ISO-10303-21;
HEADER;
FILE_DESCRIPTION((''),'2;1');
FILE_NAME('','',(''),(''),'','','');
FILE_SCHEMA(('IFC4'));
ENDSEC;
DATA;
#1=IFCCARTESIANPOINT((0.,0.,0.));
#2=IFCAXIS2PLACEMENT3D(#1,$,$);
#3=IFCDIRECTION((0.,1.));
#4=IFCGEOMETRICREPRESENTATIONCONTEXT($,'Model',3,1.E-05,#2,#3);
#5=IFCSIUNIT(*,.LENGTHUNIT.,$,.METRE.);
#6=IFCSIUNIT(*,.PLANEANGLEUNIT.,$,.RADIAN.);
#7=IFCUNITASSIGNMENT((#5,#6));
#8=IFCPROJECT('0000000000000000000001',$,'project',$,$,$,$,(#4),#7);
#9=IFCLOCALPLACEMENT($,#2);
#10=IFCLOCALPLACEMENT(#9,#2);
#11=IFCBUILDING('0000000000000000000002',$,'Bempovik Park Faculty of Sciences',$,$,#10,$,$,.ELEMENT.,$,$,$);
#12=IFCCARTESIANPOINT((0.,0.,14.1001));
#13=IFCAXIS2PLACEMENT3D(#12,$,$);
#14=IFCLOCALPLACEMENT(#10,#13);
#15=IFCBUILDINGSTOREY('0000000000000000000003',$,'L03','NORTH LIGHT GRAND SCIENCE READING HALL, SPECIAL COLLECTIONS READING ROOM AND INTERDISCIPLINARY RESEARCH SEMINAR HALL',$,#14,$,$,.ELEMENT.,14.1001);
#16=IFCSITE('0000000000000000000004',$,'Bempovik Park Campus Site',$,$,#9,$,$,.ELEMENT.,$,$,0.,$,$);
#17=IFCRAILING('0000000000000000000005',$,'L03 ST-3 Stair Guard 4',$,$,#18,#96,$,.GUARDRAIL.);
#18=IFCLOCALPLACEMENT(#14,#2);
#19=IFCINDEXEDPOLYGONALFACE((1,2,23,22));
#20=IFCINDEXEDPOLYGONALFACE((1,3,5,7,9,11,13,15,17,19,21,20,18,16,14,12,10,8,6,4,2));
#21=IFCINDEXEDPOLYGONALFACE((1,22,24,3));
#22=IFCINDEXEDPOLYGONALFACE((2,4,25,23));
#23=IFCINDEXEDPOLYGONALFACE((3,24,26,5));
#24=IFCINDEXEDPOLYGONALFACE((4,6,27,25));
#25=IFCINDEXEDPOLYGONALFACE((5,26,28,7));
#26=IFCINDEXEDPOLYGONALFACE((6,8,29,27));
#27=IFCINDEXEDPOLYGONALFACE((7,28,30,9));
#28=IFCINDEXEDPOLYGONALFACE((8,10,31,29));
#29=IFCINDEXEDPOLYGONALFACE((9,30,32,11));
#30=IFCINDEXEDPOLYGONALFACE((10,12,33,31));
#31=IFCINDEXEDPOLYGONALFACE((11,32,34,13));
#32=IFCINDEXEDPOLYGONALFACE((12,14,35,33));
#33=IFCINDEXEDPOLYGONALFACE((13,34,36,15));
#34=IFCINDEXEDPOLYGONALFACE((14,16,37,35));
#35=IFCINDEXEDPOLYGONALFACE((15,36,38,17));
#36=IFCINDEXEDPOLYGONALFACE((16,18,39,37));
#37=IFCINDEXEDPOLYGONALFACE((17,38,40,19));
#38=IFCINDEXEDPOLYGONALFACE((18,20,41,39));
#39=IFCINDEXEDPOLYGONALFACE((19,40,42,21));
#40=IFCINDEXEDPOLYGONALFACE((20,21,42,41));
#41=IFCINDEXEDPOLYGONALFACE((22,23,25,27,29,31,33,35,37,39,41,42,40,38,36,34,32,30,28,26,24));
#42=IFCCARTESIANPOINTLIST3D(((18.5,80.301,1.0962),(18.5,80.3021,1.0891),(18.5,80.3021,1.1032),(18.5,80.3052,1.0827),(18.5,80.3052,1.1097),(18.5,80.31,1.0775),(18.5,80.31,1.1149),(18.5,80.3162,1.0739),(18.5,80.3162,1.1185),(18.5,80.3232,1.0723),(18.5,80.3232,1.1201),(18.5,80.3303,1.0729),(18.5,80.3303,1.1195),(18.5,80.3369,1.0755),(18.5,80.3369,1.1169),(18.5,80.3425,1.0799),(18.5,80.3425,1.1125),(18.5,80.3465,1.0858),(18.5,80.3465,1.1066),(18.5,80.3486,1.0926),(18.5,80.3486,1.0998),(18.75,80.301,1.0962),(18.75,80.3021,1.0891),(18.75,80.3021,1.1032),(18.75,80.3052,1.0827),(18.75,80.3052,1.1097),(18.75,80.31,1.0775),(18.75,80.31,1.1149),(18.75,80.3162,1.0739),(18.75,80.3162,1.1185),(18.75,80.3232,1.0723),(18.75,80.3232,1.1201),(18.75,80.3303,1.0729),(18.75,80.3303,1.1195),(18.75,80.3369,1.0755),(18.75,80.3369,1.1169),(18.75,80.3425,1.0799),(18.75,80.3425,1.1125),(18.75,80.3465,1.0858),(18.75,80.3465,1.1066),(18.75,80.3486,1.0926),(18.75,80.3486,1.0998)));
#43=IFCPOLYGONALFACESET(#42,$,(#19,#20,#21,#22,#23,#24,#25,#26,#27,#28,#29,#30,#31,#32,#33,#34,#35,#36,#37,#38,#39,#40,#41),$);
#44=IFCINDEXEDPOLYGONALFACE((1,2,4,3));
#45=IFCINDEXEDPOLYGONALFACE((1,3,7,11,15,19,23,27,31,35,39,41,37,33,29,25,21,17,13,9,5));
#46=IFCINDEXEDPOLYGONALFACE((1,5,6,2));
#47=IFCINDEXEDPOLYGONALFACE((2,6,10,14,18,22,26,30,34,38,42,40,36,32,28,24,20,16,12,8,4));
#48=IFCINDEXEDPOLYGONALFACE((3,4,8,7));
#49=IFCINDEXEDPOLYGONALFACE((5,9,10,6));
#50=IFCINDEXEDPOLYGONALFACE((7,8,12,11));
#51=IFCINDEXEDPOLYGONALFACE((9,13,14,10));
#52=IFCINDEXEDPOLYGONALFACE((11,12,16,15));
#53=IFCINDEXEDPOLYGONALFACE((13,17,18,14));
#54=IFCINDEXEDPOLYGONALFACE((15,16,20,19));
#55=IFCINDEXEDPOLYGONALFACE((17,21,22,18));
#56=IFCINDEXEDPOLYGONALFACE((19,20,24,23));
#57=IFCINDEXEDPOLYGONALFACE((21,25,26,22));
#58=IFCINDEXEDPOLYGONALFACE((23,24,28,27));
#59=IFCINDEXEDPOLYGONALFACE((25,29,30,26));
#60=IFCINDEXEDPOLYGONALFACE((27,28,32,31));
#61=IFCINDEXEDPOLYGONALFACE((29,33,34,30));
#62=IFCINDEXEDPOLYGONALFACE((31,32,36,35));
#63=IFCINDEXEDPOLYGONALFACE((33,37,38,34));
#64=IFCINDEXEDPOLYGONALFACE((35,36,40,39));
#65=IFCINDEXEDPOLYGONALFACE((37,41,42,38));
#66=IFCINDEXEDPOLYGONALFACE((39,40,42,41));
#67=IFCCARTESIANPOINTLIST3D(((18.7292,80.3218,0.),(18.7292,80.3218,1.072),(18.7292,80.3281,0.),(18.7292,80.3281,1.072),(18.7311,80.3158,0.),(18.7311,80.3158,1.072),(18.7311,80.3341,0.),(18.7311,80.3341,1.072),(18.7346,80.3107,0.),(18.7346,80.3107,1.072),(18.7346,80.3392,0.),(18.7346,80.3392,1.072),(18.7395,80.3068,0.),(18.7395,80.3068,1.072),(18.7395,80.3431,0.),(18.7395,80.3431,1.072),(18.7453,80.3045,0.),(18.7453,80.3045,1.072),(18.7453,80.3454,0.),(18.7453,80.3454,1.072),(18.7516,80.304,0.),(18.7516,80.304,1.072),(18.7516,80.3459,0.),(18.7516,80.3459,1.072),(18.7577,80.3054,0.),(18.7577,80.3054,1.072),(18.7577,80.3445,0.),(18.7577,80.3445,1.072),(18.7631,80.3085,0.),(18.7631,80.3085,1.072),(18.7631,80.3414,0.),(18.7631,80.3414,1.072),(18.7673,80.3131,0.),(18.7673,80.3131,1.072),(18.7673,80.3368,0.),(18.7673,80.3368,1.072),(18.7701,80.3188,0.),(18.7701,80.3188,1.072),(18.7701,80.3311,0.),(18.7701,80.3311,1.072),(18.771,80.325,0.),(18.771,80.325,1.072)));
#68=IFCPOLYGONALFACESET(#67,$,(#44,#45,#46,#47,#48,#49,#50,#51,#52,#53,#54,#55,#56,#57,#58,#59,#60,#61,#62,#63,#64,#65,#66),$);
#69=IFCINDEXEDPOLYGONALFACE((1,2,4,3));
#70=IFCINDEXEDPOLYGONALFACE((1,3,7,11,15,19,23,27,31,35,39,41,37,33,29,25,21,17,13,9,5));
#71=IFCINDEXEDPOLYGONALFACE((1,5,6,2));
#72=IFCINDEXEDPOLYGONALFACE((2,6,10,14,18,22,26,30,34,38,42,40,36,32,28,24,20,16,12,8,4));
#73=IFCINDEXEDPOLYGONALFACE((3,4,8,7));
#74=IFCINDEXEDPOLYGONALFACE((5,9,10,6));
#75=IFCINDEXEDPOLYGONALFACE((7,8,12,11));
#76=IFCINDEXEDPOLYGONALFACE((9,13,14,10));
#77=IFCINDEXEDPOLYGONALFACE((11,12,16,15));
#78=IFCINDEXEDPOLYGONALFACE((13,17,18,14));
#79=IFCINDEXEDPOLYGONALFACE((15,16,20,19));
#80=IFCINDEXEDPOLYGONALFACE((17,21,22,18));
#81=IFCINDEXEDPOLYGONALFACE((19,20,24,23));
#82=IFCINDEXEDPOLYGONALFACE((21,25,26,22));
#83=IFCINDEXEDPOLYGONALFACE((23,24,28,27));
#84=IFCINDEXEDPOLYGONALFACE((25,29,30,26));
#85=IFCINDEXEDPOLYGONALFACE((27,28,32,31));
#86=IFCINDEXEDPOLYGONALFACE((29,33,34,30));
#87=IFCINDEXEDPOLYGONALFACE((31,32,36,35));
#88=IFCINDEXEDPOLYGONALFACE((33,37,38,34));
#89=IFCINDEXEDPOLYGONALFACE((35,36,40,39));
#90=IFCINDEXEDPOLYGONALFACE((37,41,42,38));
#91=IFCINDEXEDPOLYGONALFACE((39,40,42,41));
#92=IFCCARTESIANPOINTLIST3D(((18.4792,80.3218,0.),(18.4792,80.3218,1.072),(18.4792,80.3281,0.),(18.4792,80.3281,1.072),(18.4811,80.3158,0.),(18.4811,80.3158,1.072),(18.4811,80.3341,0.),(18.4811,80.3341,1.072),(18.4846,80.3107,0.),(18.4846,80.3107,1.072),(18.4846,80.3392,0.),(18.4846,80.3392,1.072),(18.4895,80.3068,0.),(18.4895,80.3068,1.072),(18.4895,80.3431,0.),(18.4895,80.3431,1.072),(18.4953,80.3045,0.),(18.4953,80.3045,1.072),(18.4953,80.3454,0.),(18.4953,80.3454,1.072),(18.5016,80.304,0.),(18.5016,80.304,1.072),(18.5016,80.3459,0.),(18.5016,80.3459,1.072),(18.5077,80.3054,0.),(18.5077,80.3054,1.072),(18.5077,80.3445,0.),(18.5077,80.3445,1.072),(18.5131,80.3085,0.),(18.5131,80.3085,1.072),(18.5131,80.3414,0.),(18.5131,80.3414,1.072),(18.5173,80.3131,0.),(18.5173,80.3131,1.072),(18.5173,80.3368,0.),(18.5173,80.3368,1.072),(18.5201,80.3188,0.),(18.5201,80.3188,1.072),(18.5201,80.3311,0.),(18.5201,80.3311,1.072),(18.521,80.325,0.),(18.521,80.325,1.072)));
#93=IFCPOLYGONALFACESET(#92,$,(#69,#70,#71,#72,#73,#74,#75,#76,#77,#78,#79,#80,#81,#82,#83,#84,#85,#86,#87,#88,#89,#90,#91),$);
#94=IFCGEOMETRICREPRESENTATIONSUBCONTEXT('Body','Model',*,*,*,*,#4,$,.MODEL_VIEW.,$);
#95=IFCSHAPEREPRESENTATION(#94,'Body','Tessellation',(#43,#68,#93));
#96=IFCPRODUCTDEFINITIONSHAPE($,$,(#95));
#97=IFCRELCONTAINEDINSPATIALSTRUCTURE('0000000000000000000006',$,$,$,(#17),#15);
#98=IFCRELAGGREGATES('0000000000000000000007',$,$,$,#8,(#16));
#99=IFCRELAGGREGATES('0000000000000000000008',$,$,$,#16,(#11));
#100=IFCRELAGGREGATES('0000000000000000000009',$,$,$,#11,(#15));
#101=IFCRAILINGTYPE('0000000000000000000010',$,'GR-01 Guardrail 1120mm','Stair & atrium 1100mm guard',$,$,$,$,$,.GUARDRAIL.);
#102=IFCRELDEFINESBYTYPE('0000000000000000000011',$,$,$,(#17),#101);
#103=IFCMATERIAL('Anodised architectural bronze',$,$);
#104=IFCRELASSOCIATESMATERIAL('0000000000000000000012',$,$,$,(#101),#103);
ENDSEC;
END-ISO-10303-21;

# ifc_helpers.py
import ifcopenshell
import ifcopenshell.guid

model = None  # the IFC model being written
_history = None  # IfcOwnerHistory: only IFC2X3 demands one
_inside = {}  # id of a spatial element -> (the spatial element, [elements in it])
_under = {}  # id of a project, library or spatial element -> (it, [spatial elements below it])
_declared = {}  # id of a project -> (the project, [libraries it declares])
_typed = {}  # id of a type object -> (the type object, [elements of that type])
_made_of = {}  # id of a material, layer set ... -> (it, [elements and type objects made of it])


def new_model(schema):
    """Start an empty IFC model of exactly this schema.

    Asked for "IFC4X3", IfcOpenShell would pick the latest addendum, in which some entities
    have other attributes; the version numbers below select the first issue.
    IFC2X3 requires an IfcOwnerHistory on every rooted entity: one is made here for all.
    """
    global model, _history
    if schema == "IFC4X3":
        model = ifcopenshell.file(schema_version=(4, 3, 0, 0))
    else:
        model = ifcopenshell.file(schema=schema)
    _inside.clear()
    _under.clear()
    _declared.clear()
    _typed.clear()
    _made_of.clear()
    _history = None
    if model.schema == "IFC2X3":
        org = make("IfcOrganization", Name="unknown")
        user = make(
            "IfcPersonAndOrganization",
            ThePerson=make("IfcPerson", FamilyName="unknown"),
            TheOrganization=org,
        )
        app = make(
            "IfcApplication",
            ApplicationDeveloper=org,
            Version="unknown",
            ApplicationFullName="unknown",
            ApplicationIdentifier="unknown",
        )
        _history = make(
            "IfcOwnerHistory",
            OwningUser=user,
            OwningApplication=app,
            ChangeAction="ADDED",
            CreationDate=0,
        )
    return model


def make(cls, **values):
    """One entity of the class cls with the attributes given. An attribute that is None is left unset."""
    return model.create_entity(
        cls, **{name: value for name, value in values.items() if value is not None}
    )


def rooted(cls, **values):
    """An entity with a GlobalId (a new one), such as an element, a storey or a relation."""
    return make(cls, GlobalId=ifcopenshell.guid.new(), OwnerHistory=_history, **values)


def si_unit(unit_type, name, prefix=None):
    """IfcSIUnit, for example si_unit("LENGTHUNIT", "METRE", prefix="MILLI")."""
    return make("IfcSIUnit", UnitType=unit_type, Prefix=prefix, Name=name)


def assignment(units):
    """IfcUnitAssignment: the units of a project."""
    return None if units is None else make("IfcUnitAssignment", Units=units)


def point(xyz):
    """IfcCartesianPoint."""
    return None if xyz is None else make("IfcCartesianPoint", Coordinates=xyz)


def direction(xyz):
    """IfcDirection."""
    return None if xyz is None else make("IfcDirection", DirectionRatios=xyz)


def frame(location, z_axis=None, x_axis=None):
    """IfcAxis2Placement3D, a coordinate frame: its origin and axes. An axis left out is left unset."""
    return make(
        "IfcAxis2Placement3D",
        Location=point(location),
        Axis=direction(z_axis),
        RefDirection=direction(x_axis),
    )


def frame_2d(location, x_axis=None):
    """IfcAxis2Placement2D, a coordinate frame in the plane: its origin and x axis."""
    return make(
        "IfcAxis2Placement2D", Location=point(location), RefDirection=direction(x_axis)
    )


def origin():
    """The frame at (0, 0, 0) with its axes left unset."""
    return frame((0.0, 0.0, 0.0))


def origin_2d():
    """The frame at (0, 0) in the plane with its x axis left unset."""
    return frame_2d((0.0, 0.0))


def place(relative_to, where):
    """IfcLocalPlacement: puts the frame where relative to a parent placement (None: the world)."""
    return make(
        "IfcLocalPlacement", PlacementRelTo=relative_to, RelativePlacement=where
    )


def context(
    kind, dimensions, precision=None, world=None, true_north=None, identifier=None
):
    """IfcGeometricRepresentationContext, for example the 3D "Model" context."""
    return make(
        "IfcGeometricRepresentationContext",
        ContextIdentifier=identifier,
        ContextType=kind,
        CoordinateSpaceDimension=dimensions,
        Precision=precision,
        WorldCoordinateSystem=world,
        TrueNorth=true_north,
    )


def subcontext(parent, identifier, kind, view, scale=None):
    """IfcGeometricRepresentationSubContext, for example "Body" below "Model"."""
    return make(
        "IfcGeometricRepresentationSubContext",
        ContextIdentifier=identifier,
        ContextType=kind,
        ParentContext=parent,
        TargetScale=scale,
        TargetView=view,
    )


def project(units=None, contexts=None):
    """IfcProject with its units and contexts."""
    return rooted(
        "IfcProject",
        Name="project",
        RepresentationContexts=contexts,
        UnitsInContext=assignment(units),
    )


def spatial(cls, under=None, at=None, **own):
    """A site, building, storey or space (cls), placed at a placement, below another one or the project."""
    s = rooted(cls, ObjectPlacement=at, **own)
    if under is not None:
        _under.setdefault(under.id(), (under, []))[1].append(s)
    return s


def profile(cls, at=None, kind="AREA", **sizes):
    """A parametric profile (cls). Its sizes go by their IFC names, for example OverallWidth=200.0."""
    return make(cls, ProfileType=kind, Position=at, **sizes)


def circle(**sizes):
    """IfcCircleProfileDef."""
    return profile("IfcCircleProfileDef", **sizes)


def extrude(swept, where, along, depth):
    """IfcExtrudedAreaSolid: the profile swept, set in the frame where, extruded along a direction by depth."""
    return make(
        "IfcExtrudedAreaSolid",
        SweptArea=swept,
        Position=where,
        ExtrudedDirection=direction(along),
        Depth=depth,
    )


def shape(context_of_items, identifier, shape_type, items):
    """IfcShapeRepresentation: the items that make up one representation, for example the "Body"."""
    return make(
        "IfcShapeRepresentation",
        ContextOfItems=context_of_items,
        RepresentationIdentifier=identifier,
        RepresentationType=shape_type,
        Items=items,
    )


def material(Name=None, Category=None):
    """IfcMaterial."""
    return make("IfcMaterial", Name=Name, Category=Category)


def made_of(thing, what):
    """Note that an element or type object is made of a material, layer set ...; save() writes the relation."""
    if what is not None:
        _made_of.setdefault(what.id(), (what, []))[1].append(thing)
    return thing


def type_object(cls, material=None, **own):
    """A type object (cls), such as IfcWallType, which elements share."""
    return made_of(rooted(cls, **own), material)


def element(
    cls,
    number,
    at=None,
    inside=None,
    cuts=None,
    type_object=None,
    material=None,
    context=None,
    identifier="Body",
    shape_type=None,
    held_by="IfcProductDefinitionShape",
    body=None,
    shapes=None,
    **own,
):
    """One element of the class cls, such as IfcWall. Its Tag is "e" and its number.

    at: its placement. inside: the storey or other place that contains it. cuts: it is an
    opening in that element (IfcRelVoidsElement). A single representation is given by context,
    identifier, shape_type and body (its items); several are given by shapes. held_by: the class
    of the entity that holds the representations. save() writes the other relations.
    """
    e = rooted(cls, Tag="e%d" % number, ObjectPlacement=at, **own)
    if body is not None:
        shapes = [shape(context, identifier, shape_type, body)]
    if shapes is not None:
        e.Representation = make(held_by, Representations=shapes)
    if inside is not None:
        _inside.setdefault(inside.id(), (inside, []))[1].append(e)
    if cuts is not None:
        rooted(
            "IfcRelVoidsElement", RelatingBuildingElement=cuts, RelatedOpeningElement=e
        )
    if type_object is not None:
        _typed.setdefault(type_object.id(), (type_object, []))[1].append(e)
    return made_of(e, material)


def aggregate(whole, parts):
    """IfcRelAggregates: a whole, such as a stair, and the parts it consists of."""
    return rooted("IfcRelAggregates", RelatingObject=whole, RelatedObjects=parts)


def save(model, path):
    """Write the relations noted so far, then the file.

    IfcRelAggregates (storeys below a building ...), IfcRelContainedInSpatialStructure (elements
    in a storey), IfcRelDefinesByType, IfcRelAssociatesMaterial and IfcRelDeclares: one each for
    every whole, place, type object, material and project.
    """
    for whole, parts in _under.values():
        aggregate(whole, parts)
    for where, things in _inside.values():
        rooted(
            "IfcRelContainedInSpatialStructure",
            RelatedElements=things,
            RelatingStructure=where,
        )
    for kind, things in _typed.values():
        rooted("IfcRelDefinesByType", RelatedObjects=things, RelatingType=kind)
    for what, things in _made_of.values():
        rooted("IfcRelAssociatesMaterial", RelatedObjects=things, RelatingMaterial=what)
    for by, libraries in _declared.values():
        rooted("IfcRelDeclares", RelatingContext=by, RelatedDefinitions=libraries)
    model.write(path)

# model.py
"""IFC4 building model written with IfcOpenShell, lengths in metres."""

from ifc_helpers import new_model, si_unit, direction, frame, origin, origin_2d, place, context, subcontext, project, spatial, circle, extrude, material, type_object, element, save


model = new_model("IFC4")

# Units and contexts
model_context = context("Model", 3, precision=1e-05, world=origin(), true_north=direction((0.0, 1.0)))
body_context = subcontext(model_context, "Body", "Model", "MODEL_VIEW")
ifc_project = project(units=[si_unit("LENGTHUNIT", "METRE"), si_unit("PLANEANGLEUNIT", "RADIAN")], contexts=[model_context])

# Site, building, storey
site_placement = place(None, origin())
site = spatial("IfcSite", under=ifc_project, at=site_placement, Name="Bempovik Park Campus Site", CompositionType="ELEMENT", RefElevation=0.0)
building_placement = place(site_placement, origin())
building = spatial("IfcBuilding", under=site, at=building_placement, Name="Bempovik Park Faculty of Sciences", CompositionType="ELEMENT")
storey_placement = place(building_placement, frame((0.0, 0.0, 14.1001)))
storey = spatial("IfcBuildingStorey", under=building, at=storey_placement, Name="L03", Description="NORTH LIGHT GRAND SCIENCE READING HALL, SPECIAL COLLECTIONS READING ROOM AND INTERDISCIPLINARY RESEARCH SEMINAR HALL", CompositionType="ELEMENT", Elevation=14.1001)

# Railing
ifc_material_1 = material(Name="Anodised architectural bronze")
railing_type_1 = type_object("IfcRailingType", Name="GR-01 Guardrail 1120mm", Description="Stair & atrium 1100mm guard", PredefinedType="GUARDRAIL", material=ifc_material_1)
railing_1_placement = place(storey_placement, frame((18.75, 80.325, 0.0)))
element("IfcRailing", 1, at=railing_1_placement, inside=storey, type_object=railing_type_1, Name="L03 ST-3 Stair Guard 4", PredefinedType="GUARDRAIL", context=body_context, shape_type="SweptSolid", body=[
    extrude(circle(Radius=0.0239, at=origin_2d()), frame((0.0, 0.0, 1.0962), z_axis=(-1.0, 0.0, 0.0), x_axis=(0.0, -1.0, 0.0)), (0.0, 0.0, 1.0), 0.25),
    extrude(circle(Radius=0.021, at=origin_2d()), origin(), (0.0, 0.0, 1.0), 1.072),
    extrude(circle(Radius=0.021, at=origin_2d()), frame((-0.25, 0.0, 0.0)), (0.0, 0.0, 1.0), 1.072),
])

save(model, "model.ifc")
